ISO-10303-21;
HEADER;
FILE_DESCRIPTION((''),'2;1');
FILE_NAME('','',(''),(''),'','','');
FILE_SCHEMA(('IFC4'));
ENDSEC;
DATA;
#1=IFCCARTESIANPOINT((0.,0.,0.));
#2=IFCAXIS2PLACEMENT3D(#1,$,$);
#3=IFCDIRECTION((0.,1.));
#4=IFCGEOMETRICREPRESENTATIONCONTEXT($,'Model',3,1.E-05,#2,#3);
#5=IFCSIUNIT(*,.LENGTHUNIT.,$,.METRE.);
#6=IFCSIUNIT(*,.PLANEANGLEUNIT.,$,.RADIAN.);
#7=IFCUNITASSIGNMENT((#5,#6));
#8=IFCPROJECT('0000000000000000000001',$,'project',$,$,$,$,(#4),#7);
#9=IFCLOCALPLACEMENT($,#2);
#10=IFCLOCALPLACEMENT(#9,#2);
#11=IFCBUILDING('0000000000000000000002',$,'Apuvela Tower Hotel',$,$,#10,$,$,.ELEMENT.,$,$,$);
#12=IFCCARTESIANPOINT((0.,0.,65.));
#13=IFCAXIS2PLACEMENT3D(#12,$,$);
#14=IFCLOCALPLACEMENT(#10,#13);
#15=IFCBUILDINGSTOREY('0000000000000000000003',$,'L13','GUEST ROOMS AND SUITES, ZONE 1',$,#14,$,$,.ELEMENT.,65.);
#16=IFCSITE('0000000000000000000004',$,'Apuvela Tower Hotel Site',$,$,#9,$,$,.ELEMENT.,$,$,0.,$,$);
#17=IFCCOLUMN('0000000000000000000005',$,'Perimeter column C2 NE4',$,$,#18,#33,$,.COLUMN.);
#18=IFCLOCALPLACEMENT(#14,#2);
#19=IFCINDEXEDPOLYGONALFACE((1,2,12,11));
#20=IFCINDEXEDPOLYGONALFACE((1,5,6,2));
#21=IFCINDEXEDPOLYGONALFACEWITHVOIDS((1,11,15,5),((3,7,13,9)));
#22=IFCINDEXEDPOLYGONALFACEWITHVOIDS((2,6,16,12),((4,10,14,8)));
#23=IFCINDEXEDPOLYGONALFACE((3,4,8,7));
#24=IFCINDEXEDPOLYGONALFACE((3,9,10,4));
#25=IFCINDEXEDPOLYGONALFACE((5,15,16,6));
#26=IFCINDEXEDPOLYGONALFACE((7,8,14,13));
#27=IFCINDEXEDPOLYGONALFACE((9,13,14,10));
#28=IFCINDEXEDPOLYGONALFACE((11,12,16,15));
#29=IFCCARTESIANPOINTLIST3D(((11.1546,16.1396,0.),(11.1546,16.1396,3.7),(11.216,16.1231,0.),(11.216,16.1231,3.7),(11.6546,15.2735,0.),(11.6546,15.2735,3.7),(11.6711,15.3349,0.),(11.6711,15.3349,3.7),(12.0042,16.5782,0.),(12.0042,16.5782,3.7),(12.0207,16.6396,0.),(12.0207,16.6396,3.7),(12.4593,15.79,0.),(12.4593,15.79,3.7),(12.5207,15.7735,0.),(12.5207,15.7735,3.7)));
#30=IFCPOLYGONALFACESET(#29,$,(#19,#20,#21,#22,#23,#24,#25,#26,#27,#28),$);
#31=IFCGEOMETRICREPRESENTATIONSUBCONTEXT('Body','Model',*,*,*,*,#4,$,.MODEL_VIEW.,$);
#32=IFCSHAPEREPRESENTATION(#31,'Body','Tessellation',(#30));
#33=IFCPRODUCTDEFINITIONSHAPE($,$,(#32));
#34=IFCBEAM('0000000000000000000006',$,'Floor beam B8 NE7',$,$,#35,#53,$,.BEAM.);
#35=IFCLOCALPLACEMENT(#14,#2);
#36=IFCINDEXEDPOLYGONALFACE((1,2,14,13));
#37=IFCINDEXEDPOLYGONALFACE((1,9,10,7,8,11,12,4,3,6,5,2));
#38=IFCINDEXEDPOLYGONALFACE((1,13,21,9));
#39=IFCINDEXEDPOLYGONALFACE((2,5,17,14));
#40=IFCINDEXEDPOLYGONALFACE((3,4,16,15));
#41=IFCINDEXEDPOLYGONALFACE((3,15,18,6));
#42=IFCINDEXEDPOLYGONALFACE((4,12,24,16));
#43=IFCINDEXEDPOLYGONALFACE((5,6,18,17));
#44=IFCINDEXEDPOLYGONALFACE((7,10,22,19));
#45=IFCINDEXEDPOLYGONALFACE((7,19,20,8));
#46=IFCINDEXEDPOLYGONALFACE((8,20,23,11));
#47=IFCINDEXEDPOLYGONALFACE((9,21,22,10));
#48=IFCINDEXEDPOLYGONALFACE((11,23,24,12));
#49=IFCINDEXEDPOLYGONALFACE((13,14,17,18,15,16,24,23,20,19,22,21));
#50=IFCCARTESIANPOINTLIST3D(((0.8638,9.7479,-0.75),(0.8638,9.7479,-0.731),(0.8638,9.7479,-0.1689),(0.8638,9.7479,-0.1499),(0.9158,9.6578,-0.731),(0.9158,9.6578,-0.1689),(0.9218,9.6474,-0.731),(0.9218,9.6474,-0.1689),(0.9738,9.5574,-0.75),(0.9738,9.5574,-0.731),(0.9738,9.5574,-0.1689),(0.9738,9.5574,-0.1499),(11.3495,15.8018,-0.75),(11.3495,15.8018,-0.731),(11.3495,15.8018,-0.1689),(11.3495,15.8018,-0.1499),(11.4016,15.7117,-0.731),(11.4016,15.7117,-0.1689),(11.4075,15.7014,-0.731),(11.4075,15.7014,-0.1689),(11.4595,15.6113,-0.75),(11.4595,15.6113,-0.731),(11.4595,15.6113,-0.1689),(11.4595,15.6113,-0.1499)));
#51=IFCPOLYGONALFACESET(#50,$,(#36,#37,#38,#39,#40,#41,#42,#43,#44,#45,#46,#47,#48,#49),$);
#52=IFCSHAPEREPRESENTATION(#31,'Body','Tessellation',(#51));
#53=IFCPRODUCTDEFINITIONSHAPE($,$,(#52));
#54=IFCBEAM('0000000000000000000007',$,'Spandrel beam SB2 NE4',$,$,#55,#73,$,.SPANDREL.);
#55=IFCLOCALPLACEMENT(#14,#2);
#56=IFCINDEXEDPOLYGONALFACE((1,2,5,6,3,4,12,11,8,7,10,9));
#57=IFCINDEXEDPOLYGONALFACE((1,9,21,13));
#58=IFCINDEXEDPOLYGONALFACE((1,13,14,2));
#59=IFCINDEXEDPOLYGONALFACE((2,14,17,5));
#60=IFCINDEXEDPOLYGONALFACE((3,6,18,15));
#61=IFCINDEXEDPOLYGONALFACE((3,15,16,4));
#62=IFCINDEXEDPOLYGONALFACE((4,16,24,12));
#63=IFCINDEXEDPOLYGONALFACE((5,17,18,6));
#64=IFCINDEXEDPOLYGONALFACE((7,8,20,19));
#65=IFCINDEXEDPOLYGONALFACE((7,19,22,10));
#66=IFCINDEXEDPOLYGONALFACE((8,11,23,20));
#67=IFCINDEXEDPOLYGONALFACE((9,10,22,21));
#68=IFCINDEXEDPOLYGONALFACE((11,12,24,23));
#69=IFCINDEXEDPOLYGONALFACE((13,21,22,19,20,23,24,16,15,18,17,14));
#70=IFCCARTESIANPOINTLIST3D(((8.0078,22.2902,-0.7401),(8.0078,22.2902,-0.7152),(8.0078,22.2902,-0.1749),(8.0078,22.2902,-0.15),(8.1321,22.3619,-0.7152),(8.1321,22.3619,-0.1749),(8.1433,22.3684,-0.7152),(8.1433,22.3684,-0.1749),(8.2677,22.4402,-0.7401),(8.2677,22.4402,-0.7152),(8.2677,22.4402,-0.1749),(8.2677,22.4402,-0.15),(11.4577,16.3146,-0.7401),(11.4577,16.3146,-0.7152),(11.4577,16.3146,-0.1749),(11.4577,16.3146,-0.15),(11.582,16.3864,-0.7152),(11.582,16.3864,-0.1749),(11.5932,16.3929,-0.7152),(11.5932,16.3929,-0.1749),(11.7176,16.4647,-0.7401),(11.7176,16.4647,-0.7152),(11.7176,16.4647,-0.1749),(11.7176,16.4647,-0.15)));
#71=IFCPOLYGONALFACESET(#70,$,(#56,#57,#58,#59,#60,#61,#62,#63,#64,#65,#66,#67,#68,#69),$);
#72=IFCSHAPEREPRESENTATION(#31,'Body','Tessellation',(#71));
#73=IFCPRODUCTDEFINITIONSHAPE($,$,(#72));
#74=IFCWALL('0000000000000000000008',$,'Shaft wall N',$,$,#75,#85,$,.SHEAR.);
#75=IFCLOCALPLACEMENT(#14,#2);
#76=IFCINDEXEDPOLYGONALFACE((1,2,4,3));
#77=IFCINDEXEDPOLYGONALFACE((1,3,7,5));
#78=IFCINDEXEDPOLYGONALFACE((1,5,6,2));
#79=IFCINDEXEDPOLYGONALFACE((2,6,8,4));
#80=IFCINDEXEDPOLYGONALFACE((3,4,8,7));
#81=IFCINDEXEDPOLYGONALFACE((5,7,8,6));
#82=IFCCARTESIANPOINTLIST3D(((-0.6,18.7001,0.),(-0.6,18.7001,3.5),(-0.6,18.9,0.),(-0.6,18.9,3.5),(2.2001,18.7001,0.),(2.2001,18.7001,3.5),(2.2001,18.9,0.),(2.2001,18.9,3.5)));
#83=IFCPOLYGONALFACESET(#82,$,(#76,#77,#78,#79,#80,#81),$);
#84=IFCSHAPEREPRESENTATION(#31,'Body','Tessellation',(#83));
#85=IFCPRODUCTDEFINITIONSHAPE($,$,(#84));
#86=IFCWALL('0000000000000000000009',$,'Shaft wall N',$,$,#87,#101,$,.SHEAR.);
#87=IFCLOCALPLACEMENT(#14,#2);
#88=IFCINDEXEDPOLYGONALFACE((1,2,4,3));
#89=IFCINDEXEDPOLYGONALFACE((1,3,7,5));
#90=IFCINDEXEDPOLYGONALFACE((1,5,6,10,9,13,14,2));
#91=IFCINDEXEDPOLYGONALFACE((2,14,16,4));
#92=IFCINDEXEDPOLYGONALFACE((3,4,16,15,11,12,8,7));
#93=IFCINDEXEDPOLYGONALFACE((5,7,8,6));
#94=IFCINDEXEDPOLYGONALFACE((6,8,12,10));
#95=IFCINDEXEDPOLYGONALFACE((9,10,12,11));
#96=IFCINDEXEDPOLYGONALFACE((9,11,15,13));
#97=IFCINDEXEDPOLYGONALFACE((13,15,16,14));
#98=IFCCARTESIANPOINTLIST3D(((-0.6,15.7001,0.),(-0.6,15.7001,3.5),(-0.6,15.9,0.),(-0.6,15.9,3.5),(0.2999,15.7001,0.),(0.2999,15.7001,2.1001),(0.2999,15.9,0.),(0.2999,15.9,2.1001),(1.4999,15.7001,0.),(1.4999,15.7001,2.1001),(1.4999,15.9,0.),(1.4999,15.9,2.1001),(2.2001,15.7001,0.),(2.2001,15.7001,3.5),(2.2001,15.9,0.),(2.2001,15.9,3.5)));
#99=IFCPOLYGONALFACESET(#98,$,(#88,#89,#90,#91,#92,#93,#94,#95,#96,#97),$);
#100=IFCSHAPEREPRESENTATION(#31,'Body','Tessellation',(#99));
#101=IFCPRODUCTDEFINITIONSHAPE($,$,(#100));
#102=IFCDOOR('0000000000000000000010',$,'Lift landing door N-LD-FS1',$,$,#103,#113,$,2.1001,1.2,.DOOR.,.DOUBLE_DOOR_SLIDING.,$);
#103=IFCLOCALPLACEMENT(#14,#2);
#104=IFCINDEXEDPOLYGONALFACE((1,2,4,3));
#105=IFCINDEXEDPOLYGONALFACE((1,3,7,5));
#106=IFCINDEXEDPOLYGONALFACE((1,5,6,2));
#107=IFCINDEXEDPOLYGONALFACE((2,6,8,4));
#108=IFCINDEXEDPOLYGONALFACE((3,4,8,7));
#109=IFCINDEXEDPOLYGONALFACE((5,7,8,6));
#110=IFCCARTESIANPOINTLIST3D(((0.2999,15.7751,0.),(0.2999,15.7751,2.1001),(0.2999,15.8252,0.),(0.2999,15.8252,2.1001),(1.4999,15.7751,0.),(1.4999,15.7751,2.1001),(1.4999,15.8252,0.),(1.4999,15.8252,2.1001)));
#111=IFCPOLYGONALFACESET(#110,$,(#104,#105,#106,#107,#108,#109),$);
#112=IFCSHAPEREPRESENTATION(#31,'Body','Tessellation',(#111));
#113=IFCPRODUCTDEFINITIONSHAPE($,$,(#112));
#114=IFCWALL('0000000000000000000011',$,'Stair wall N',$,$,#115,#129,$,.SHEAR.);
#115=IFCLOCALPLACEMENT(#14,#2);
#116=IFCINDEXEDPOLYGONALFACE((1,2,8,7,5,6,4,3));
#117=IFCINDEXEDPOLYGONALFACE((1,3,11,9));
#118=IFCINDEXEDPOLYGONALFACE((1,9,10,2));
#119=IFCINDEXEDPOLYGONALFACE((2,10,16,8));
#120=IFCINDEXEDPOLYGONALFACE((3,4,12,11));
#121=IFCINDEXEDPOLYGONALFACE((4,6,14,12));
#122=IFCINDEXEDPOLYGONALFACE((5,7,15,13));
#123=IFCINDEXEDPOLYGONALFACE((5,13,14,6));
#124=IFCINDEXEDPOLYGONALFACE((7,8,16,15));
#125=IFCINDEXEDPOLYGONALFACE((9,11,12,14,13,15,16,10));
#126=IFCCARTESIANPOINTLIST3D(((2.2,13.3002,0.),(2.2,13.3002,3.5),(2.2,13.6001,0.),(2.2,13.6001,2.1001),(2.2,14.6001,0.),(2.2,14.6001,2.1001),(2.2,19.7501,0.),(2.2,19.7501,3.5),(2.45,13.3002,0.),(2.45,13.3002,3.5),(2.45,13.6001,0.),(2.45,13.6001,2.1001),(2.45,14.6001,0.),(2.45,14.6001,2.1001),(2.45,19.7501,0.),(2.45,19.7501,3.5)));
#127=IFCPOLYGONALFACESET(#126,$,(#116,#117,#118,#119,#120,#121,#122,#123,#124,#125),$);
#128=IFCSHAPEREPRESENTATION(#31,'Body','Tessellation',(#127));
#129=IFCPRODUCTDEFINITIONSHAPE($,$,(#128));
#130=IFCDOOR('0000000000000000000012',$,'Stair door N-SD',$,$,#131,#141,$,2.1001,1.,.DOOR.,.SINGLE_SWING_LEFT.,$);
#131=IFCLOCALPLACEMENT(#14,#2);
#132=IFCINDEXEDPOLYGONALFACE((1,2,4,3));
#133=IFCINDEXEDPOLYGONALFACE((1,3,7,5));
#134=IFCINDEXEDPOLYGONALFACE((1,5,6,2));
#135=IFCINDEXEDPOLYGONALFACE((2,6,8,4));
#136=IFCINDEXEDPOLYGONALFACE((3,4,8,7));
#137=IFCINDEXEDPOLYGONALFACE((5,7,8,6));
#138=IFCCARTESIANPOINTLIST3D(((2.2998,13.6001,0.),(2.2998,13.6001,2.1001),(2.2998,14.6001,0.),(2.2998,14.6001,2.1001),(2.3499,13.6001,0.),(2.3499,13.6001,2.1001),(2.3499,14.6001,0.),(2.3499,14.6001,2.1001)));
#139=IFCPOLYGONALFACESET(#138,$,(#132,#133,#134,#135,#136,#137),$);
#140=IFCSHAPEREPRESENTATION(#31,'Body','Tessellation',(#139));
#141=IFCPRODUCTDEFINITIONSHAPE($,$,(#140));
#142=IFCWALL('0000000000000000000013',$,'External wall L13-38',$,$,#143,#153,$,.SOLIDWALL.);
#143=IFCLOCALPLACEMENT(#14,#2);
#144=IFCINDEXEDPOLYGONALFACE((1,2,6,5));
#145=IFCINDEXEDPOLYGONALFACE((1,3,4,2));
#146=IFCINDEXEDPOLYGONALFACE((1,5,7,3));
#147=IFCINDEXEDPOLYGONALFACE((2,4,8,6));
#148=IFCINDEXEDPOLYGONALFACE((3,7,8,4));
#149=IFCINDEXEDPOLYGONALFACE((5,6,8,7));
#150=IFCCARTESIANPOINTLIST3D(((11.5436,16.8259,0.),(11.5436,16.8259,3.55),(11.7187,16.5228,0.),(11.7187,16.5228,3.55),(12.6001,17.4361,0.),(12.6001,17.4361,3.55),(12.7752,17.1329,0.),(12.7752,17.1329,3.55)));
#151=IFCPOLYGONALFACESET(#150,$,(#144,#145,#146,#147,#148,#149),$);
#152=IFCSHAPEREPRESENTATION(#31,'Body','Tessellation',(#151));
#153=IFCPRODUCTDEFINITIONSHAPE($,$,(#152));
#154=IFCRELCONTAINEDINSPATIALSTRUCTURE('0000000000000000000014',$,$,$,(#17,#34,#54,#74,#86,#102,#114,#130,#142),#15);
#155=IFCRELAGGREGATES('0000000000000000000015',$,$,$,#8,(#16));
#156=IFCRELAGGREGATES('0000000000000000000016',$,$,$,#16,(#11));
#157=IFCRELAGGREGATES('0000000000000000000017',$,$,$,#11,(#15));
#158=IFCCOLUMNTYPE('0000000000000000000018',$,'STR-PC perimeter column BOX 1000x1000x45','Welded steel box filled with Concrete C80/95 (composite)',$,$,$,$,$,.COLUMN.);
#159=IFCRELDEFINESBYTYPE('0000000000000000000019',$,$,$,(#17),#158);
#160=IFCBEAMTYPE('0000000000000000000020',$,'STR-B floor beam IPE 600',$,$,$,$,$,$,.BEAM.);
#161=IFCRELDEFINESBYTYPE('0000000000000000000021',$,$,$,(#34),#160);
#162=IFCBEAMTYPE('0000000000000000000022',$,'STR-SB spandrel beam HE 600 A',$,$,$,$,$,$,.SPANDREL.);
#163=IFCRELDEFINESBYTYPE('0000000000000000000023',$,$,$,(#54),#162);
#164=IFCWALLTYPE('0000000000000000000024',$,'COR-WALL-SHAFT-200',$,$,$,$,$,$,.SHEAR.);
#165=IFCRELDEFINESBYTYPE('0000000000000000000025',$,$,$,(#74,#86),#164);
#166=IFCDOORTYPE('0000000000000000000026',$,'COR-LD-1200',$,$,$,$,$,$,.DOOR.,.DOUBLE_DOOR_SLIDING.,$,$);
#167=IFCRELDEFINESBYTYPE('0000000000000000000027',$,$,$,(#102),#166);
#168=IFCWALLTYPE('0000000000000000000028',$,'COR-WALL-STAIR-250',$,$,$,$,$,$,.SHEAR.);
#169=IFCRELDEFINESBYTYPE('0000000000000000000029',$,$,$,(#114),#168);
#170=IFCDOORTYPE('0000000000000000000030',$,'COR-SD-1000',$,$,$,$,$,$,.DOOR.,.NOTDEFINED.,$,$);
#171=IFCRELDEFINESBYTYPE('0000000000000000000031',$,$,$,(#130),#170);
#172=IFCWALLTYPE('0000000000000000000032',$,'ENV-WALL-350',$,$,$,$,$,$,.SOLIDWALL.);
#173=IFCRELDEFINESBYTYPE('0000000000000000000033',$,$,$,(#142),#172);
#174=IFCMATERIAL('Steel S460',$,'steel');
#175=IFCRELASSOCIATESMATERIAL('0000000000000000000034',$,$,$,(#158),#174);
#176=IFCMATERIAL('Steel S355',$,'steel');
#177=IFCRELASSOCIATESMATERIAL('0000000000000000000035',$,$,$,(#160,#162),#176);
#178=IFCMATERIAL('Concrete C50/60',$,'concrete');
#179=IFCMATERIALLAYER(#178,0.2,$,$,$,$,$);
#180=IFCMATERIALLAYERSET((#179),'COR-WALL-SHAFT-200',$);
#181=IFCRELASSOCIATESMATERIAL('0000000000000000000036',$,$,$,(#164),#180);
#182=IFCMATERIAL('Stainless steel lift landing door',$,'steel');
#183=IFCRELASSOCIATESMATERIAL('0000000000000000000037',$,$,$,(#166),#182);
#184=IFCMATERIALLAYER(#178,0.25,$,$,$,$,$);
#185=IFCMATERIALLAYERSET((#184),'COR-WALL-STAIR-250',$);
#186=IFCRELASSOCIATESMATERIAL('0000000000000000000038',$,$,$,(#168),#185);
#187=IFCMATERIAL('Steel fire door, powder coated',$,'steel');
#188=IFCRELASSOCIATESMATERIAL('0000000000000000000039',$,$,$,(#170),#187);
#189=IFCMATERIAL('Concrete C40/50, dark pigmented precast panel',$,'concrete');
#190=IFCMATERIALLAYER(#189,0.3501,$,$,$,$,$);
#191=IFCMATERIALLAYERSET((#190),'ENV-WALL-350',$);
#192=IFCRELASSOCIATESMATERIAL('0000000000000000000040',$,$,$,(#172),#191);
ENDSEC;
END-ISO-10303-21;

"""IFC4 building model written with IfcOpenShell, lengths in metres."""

from ifc_helpers import new_model, si_unit, direction, frame, frame_2d, origin, origin_2d, place, context, subcontext, project, spatial, rectangle, hollow_rectangle, i_section, extrude, material, layer, layer_set, material_profile, profile_set, type_object, element, fill, save


model = new_model("IFC4")

# Units and contexts
model_context = context("Model", 3, precision=1e-05, world=origin(), true_north=direction((0.0, 1.0)))
body_context = subcontext(model_context, "Body", "Model", "MODEL_VIEW")
ifc_project = project(units=[si_unit("LENGTHUNIT", "METRE"), si_unit("PLANEANGLEUNIT", "RADIAN")], contexts=[model_context])

# Site, building, storey
site_placement = place(None, origin())
site = spatial("IfcSite", under=ifc_project, at=site_placement, Name="Apuvela Tower Hotel Site", CompositionType="ELEMENT", RefElevation=0.0)
building_placement = place(site_placement, origin())
building = spatial("IfcBuilding", under=site, at=building_placement, Name="Apuvela Tower Hotel", CompositionType="ELEMENT")
storey_placement = place(building_placement, frame((0.0, 0.0, 65.0)))
storey = spatial("IfcBuildingStorey", under=building, at=storey_placement, Name="L13", Description="GUEST ROOMS AND SUITES, ZONE 1", CompositionType="ELEMENT", Elevation=65.0)

# Column
ifc_material_1 = material(Name="Steel S460", Category="steel")
ifc_material_profile_1 = material_profile(ifc_material_1, hollow_rectangle(XDim=1.0, YDim=1.0, WallThickness=0.0449, at=origin_2d()), Name="BOX 1000x1000x45")
ifc_material_2 = material(Name="Concrete C80/95", Category="concrete")
ifc_material_profile_2 = material_profile(ifc_material_2, rectangle(XDim=0.9099, YDim=0.9099, at=origin_2d()), Name="Concrete C80/95 infill")
ifc_profile_set_1 = profile_set([ifc_material_profile_1, ifc_material_profile_2], Name="Steel S460")
column_type = type_object("IfcColumnType", Name="STR-PC perimeter column BOX 1000x1000x45", Description="Welded steel box filled with Concrete C80/95 (composite)", PredefinedType="COLUMN", material=ifc_profile_set_1)
column_placement = place(storey_placement, frame((11.8376, 15.9565, 0.0), z_axis=(0.0, 0.0, 1.0), x_axis=(-0.5, 0.866025, 0.0)))
element("IfcColumn", 1, at=column_placement, inside=storey, type_object=column_type, Name="Perimeter column C2 NE4", PredefinedType="COLUMN", context=body_context, shape_type="SweptSolid", body=[
    extrude(hollow_rectangle(XDim=1.0, YDim=1.0, WallThickness=0.0449, at=origin_2d()), origin(), (0.0, 0.0, 1.0), 3.7),
])

# Beams
ifc_material_3 = material(Name="Steel S355", Category="steel")
ifc_material_profile_3 = material_profile(ifc_material_3, i_section(OverallWidth=0.22, OverallDepth=0.6001, WebThickness=0.012, FlangeThickness=0.019, at=origin_2d()), Name="IPE 600")
ifc_profile_set_2 = profile_set([ifc_material_profile_3], Name="Steel S355")
beam_type_1 = type_object("IfcBeamType", Name="STR-B floor beam IPE 600", PredefinedType="BEAM", material=ifc_profile_set_2)
beam_1_placement = place(storey_placement, frame((11.4045, 15.7065, -0.45), z_axis=(-0.866027, -0.499997, 0.0), x_axis=(0.499997, -0.866027, 0.0)))
element("IfcBeam", 2, at=beam_1_placement, inside=storey, type_object=beam_type_1, Name="Floor beam B8 NE7", PredefinedType="BEAM", context=body_context, shape_type="SweptSolid", body=[
    extrude(i_section(OverallWidth=0.22, OverallDepth=0.6001, WebThickness=0.012, FlangeThickness=0.019, at=origin_2d()), origin(), (0.0, 0.0, 1.0), 12.1079),
])
ifc_material_profile_4 = material_profile(ifc_material_3, i_section(OverallWidth=0.3, OverallDepth=0.5901, WebThickness=0.0129, FlangeThickness=0.0249, at=origin_2d()), Name="HE 600 A")
ifc_profile_set_3 = profile_set([ifc_material_profile_4], Name="Steel S355")
beam_type_2 = type_object("IfcBeamType", Name="STR-SB spandrel beam HE 600 A", PredefinedType="SPANDREL", material=ifc_profile_set_3)
beam_2_placement = place(storey_placement, frame((11.5876, 16.3896, -0.4451), z_axis=(-0.499994, 0.866029, 0.0), x_axis=(-0.866029, -0.499994, 0.0)))
element("IfcBeam", 3, at=beam_2_placement, inside=storey, type_object=beam_type_2, Name="Spandrel beam SB2 NE4", PredefinedType="SPANDREL", context=body_context, shape_type="SweptSolid", body=[
    extrude(i_section(OverallWidth=0.3, OverallDepth=0.5901, WebThickness=0.0129, FlangeThickness=0.0249, at=origin_2d()), origin(), (0.0, 0.0, 1.0), 6.8999),
])

# Wall
ifc_material_4 = material(Name="Concrete C50/60", Category="concrete")
ifc_layer_1 = layer(ifc_material_4, 0.2)
ifc_layer_set_1 = layer_set([ifc_layer_1], Name="COR-WALL-SHAFT-200")
wall_type_1 = type_object("IfcWallType", Name="COR-WALL-SHAFT-200", PredefinedType="SHEAR", material=ifc_layer_set_1)
wall_1_placement = place(storey_placement, frame((2.2, 18.8, 0.0), z_axis=(0.0, 0.0, 1.0), x_axis=(-1.0, 0.0, 0.0)))
element("IfcWall", 4, at=wall_1_placement, inside=storey, type_object=wall_type_1, Name="Shaft wall N", PredefinedType="SHEAR", context=body_context, shape_type="SweptSolid", body=[
    extrude(rectangle(XDim=2.8, YDim=0.2, at=frame_2d((1.3999, 0.0))), origin(), (0.0, 0.0, 1.0), 3.5),
])

# Walls, openings, doors
wall_2_placement = place(storey_placement, frame((2.2, 15.8, 0.0), z_axis=(0.0, 0.0, 1.0), x_axis=(-1.0, 0.0, 0.0)))
wall_2 = element("IfcWall", 5, at=wall_2_placement, inside=storey, type_object=wall_type_1, Name="Shaft wall N", PredefinedType="SHEAR", context=body_context, shape_type="SweptSolid", body=[
    extrude(rectangle(XDim=2.8, YDim=0.2, at=frame_2d((1.3999, 0.0))), origin(), (0.0, 0.0, 1.0), 3.5),
])
opening_1_placement = place(wall_2_placement, frame((0.7, 0.0, 0.0)))
opening_1 = element("IfcOpeningElement", 6, at=opening_1_placement, cuts=wall_2, PredefinedType="OPENING", context=body_context, shape_type="SweptSolid", body=[
    extrude(rectangle(XDim=1.2, YDim=2.1001, at=frame_2d((0.6001, 1.05))), frame((0.0, 0.1099, 0.0), z_axis=(0.0, -1.0, 0.0), x_axis=(1.0, 0.0, 0.0)), (0.0, 0.0, 1.0), 0.22),
])
ifc_material_5 = material(Name="Stainless steel lift landing door", Category="steel")
door_type_1 = type_object("IfcDoorType", Name="COR-LD-1200", OperationType="DOUBLE_DOOR_SLIDING", PredefinedType="DOOR", material=ifc_material_5)
door_1_placement = place(opening_1_placement, origin())
door_1 = element("IfcDoor", 7, at=door_1_placement, inside=storey, type_object=door_type_1, Name="Lift landing door N-LD-FS1", OperationType="DOUBLE_DOOR_SLIDING", OverallHeight=2.1001, OverallWidth=1.2, PredefinedType="DOOR", context=body_context, shape_type="SweptSolid", body=[
    extrude(rectangle(XDim=1.2, YDim=2.1001, at=frame_2d((0.6001, 1.05))), frame((0.0, 0.0249, 0.0), z_axis=(0.0, -1.0, 0.0), x_axis=(1.0, 0.0, 0.0)), (0.0, 0.0, 1.0), 0.05),
])
fill(opening_1, door_1)
ifc_layer_2 = layer(ifc_material_4, 0.25)
ifc_layer_set_2 = layer_set([ifc_layer_2], Name="COR-WALL-STAIR-250")
wall_type_2 = type_object("IfcWallType", Name="COR-WALL-STAIR-250", PredefinedType="SHEAR", material=ifc_layer_set_2)
wall_3_placement = place(storey_placement, frame((2.325, 13.3, 0.0), z_axis=(0.0, 0.0, 1.0), x_axis=(0.0, 1.0, 0.0)))
wall_3 = element("IfcWall", 8, at=wall_3_placement, inside=storey, type_object=wall_type_2, Name="Stair wall N", PredefinedType="SHEAR", context=body_context, shape_type="SweptSolid", body=[
    extrude(rectangle(XDim=6.45, YDim=0.25, at=frame_2d((3.2251, 0.0))), origin(), (0.0, 0.0, 1.0), 3.5),
])
opening_2_placement = place(wall_3_placement, frame((0.3, 0.0, 0.0)))
opening_2 = element("IfcOpeningElement", 9, at=opening_2_placement, cuts=wall_3, PredefinedType="OPENING", context=body_context, shape_type="SweptSolid", body=[
    extrude(rectangle(XDim=1.0, YDim=2.1001, at=frame_2d((0.5, 1.05))), frame((0.0, 0.135, 0.0), z_axis=(0.0, -1.0, 0.0), x_axis=(1.0, 0.0, 0.0)), (0.0, 0.0, 1.0), 0.27),
])
ifc_material_6 = material(Name="Steel fire door, powder coated", Category="steel")
door_type_2 = type_object("IfcDoorType", Name="COR-SD-1000", OperationType="NOTDEFINED", PredefinedType="DOOR", material=ifc_material_6)
door_2_placement = place(opening_2_placement, frame((1.0, 0.0, 0.0), z_axis=(0.0, 0.0, 1.0), x_axis=(-1.0, 0.0, 0.0)))
door_2 = element("IfcDoor", 10, at=door_2_placement, inside=storey, type_object=door_type_2, Name="Stair door N-SD", OperationType="SINGLE_SWING_LEFT", OverallHeight=2.1001, OverallWidth=1.0, PredefinedType="DOOR", context=body_context, shape_type="SweptSolid", body=[
    extrude(rectangle(XDim=1.0, YDim=2.1001, at=frame_2d((0.5, 1.05))), frame((0.0, 0.0249, 0.0), z_axis=(0.0, -1.0, 0.0), x_axis=(1.0, 0.0, 0.0)), (0.0, 0.0, 1.0), 0.05),
])
fill(opening_2, door_2)

# Wall
ifc_material_7 = material(Name="Concrete C40/50, dark pigmented precast panel", Category="concrete")
ifc_layer_3 = layer(ifc_material_7, 0.3501)
ifc_layer_set_3 = layer_set([ifc_layer_3], Name="ENV-WALL-350")
wall_type_3 = type_object("IfcWallType", Name="ENV-WALL-350", PredefinedType="SOLIDWALL", material=ifc_layer_set_3)
wall_4_placement = place(storey_placement, frame((12.6875, 17.2844, 0.0), z_axis=(0.0, 0.0, 1.0), x_axis=(-0.865956, -0.500121, 0.0)))
element("IfcWall", 11, at=wall_4_placement, inside=storey, type_object=wall_type_3, Name="External wall L13-38", PredefinedType="SOLIDWALL", context=body_context, shape_type="SweptSolid", body=[
    extrude(rectangle(XDim=1.22, YDim=0.3501, at=frame_2d((0.6099, 0.0))), origin(), (0.0, 0.0, 1.0), 3.55),
])

save(model, "model.ifc")
